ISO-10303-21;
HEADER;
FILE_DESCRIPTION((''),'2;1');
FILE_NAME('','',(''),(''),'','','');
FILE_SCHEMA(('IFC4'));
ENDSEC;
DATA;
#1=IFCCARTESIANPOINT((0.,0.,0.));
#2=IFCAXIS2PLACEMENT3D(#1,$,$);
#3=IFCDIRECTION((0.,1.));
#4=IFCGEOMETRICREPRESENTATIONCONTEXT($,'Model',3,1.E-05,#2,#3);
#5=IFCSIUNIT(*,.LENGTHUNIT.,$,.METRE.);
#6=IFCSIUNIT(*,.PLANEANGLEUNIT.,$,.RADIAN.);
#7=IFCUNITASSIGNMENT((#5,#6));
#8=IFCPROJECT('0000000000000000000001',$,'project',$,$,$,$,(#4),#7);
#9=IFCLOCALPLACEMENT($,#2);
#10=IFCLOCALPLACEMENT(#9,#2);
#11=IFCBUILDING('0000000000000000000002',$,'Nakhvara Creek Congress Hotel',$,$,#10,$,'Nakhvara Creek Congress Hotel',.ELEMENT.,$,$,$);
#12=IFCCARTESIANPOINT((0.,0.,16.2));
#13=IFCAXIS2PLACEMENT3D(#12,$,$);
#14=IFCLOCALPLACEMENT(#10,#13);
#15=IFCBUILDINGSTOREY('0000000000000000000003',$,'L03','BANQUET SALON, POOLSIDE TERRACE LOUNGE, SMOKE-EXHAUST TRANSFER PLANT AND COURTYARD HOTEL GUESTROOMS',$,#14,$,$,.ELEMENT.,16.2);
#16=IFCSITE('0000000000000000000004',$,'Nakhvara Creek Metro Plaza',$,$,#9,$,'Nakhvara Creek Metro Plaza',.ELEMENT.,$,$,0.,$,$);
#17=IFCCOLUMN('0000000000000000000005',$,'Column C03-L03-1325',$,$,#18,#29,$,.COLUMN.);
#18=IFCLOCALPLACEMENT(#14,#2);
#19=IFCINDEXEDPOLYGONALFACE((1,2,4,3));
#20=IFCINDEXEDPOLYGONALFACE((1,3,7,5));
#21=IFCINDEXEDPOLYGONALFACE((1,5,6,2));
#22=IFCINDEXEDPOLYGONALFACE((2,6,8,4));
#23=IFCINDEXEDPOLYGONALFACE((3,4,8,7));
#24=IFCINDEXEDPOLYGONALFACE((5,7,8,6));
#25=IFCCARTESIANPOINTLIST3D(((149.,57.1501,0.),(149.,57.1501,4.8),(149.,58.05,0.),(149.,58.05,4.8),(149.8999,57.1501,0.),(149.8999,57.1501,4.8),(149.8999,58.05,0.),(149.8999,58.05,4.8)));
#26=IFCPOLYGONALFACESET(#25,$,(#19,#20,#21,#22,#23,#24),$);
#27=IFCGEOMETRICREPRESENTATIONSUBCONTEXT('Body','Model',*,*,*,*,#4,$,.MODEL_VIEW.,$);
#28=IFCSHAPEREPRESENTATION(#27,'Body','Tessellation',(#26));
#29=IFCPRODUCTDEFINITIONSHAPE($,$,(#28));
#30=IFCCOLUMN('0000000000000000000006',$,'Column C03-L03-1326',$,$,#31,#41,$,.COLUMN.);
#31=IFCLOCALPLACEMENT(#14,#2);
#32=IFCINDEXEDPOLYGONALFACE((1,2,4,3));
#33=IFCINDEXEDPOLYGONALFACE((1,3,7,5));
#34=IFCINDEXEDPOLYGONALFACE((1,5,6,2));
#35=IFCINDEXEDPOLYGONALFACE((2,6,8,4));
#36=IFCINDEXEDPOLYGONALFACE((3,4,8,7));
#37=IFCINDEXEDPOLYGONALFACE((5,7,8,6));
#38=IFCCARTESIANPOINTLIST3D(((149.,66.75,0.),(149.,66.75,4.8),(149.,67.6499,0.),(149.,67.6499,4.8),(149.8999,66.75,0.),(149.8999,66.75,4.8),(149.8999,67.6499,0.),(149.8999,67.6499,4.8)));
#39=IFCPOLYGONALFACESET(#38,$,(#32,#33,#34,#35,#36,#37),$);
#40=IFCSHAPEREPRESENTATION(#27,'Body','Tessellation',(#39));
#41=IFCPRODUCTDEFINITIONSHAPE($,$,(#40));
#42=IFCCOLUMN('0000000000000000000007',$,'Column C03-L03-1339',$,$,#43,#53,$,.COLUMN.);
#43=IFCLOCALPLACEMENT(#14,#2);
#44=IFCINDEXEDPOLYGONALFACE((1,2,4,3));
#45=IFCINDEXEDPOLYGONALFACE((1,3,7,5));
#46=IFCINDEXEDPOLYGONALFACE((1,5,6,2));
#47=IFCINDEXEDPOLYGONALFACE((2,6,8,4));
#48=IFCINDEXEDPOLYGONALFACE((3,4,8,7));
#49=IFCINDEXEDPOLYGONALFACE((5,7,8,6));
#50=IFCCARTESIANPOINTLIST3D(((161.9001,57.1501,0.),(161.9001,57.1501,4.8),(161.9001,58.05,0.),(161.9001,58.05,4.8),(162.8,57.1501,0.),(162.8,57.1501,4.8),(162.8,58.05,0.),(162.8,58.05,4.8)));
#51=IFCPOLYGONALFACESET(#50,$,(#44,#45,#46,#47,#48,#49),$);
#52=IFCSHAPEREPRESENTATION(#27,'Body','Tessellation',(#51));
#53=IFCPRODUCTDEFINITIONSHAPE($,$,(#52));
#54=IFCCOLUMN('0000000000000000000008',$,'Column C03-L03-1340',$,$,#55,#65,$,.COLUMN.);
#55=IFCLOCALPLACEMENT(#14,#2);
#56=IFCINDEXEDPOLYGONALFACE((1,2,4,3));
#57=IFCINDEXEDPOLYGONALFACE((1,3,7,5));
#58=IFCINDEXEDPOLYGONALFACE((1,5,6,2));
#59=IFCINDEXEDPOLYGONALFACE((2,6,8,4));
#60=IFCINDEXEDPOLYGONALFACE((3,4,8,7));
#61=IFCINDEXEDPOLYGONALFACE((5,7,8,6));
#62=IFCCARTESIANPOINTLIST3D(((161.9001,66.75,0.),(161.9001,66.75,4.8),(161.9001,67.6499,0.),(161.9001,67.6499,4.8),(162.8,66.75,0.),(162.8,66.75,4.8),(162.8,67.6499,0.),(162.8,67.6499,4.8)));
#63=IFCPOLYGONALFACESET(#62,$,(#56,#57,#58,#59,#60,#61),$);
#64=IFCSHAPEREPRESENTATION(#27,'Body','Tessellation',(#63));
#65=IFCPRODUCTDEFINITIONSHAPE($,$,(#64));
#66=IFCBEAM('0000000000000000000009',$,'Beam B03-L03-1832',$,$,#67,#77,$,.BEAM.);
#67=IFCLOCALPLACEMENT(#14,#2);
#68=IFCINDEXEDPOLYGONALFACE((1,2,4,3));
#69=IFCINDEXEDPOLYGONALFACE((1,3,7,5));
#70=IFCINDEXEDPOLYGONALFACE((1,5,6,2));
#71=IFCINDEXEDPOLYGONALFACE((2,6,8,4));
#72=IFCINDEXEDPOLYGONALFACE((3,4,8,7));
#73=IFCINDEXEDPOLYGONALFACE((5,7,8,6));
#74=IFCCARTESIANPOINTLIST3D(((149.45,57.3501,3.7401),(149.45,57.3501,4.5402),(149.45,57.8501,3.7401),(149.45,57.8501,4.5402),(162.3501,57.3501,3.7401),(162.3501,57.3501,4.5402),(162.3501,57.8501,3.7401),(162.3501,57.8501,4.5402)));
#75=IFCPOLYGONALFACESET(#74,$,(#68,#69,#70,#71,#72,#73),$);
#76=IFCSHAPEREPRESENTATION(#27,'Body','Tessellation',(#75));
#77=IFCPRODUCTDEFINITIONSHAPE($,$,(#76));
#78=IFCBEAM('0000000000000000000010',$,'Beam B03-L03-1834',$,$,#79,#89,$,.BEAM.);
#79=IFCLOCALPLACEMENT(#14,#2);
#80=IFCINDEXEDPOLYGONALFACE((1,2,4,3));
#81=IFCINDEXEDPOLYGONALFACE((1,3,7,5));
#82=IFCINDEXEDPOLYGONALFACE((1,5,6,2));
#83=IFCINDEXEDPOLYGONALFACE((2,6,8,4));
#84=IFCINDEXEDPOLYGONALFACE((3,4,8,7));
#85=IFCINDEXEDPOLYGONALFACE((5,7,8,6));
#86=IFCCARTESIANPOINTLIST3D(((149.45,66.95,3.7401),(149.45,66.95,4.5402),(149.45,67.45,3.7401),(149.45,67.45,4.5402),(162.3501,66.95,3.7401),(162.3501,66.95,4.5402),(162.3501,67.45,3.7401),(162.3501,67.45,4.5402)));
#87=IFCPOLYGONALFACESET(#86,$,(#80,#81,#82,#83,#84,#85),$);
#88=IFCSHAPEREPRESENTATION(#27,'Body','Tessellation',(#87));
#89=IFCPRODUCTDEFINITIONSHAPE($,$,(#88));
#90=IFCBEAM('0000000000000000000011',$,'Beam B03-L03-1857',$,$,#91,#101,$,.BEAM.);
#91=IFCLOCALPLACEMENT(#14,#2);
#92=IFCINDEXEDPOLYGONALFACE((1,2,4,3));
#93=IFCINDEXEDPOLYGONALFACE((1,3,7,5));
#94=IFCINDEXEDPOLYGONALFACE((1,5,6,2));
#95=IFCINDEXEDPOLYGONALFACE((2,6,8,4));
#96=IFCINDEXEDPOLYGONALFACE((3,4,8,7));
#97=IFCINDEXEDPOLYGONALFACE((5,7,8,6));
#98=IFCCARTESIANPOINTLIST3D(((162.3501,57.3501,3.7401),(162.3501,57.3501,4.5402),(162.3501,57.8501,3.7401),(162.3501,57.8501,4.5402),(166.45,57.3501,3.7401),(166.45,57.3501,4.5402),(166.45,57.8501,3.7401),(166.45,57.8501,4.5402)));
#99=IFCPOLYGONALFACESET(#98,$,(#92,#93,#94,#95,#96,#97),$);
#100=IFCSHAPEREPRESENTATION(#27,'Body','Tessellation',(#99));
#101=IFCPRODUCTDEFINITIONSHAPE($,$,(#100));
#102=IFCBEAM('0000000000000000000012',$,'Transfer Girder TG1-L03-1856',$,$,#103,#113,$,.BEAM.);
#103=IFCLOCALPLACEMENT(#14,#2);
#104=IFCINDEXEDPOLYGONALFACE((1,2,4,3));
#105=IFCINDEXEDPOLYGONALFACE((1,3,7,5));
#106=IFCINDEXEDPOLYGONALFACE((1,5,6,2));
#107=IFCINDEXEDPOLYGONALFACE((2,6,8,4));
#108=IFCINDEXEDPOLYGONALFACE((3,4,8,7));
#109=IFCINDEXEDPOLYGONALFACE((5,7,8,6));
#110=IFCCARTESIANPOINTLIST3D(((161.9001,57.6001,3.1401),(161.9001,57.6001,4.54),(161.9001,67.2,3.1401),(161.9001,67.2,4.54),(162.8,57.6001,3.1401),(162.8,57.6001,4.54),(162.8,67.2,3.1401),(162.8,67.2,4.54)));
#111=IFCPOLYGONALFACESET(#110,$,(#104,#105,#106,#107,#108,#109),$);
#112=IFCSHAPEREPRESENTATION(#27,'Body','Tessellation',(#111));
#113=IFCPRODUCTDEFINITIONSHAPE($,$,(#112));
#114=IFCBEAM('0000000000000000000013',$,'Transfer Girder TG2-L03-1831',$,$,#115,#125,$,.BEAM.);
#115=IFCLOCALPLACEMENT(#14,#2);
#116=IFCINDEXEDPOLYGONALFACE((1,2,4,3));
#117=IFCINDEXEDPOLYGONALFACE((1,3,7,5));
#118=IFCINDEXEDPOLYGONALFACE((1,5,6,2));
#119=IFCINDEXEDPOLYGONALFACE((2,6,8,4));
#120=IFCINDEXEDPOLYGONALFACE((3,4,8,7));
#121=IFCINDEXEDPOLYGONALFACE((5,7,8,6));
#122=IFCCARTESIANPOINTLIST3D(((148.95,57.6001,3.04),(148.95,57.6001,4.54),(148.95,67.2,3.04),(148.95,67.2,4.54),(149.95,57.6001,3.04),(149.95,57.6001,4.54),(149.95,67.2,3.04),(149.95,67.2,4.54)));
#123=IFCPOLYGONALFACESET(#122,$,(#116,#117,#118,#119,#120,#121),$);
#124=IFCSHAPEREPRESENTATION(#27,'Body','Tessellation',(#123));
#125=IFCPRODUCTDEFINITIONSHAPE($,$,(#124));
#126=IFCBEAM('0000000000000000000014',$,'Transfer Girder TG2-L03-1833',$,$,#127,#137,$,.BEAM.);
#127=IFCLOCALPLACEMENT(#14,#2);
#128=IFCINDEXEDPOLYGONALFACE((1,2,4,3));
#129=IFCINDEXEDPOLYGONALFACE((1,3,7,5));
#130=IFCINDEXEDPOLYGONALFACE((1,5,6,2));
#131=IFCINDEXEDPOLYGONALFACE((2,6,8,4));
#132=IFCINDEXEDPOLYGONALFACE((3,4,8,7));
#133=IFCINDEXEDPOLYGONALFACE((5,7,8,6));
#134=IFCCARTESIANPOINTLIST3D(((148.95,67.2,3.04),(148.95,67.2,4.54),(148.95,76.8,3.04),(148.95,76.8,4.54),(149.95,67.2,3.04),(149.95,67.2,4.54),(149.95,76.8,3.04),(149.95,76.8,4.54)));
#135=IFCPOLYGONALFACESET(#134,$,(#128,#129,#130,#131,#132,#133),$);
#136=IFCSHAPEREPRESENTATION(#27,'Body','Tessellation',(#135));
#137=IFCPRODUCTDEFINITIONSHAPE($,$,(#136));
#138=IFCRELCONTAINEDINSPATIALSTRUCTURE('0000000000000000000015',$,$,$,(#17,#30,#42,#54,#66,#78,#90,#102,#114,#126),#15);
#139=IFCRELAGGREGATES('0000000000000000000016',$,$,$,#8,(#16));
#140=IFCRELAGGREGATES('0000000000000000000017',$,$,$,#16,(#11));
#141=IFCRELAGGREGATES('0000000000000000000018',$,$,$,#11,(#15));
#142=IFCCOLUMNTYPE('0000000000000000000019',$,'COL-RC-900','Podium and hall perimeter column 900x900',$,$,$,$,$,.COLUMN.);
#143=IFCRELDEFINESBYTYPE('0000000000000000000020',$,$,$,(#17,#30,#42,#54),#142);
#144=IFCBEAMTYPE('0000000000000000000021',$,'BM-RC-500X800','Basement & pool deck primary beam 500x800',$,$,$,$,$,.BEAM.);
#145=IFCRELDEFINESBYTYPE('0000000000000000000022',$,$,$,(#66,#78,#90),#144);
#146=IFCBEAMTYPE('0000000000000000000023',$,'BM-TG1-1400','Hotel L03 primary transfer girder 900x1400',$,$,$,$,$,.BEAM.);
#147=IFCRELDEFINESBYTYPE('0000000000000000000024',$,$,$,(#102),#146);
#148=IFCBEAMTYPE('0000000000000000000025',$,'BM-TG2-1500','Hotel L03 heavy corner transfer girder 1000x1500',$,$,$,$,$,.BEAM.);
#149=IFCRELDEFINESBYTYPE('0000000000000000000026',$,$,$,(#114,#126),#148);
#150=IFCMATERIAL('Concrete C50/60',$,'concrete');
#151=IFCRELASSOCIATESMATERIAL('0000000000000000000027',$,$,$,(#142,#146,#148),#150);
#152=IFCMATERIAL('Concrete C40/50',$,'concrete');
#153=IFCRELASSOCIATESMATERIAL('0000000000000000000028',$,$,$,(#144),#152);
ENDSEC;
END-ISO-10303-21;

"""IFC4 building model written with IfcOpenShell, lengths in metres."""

from ifc_helpers import new_model, si_unit, direction, frame, origin, origin_2d, place, context, subcontext, project, spatial, rectangle, extrude, material, material_profile, profile_set, type_object, element, save


model = new_model("IFC4")

# Units and contexts
model_context = context("Model", 3, precision=1e-05, world=origin(), true_north=direction((0.0, 1.0)))
body_context = subcontext(model_context, "Body", "Model", "MODEL_VIEW")
ifc_project = project(units=[si_unit("LENGTHUNIT", "METRE"), si_unit("PLANEANGLEUNIT", "RADIAN")], contexts=[model_context])

# Site, building, storey
site_placement = place(None, origin())
site = spatial("IfcSite", under=ifc_project, at=site_placement, Name="Nakhvara Creek Metro Plaza", LongName="Nakhvara Creek Metro Plaza", CompositionType="ELEMENT", RefElevation=0.0)
building_placement = place(site_placement, origin())
building = spatial("IfcBuilding", under=site, at=building_placement, Name="Nakhvara Creek Congress Hotel", LongName="Nakhvara Creek Congress Hotel", CompositionType="ELEMENT")
storey_placement = place(building_placement, frame((0.0, 0.0, 16.2)))
storey = spatial("IfcBuildingStorey", under=building, at=storey_placement, Name="L03", Description="BANQUET SALON, POOLSIDE TERRACE LOUNGE, SMOKE-EXHAUST TRANSFER PLANT AND COURTYARD HOTEL GUESTROOMS", CompositionType="ELEMENT", Elevation=16.2)

# Columns
ifc_material_1 = material(Name="Concrete C50/60", Category="concrete")
ifc_material_profile_1 = material_profile(ifc_material_1, rectangle(XDim=0.8999, YDim=0.8999, at=origin_2d()), Name="RC-COL 900x900", Category="LoadBearing")
ifc_profile_set_1 = profile_set([ifc_material_profile_1], Name="Concrete C50/60")
column_type = type_object("IfcColumnType", Name="COL-RC-900", Description="Podium and hall perimeter column 900x900", PredefinedType="COLUMN", material=ifc_profile_set_1)
for number, where, z_axis, x_axis, name in (
    (1, (149.45, 57.6001, 0.0), (0.0, 0.0, 1.0), (1.0, 0.0, 0.0), "Column C03-L03-1325"),
    (2, (149.45, 67.2, 0.0), (0.0, 0.0, 1.0), (1.0, 0.0, 0.0), "Column C03-L03-1326"),
    (3, (162.3501, 57.6001, 0.0), (0.0, 0.0, 1.0), (1.0, 0.0, 0.0), "Column C03-L03-1339"),
    (4, (162.3501, 67.2, 0.0), (0.0, 0.0, 1.0), (1.0, 0.0, 0.0), "Column C03-L03-1340"),
):
    element("IfcColumn", number, at=place(storey_placement, frame(where, z_axis=z_axis, x_axis=x_axis)), inside=storey, type_object=column_type, Name=name, PredefinedType="COLUMN", context=body_context, shape_type="SweptSolid", body=[
        extrude(rectangle(XDim=0.8999, YDim=0.8999, at=origin_2d()), origin(), (0.0, 0.0, 1.0), 4.8),
    ])

# Beams
ifc_material_2 = material(Name="Concrete C40/50", Category="concrete")
ifc_material_profile_2 = material_profile(ifc_material_2, rectangle(XDim=0.5, YDim=0.8, at=origin_2d()), Name="RC-BM 500x800", Category="LoadBearing")
ifc_profile_set_2 = profile_set([ifc_material_profile_2], Name="Concrete C40/50")
beam_type_1 = type_object("IfcBeamType", Name="BM-RC-500X800", Description="Basement & pool deck primary beam 500x800", PredefinedType="BEAM", material=ifc_profile_set_2)
for number, where, z_axis, x_axis, name in (
    (5, (149.45, 57.6001, 4.1401), (1.0, 0.0, 0.0), (0.0, 1.0, 0.0), "Beam B03-L03-1832"),
    (6, (149.45, 67.2, 4.1401), (1.0, 0.0, 0.0), (0.0, 1.0, 0.0), "Beam B03-L03-1834"),
):
    element("IfcBeam", number, at=place(storey_placement, frame(where, z_axis=z_axis, x_axis=x_axis)), inside=storey, type_object=beam_type_1, Name=name, PredefinedType="BEAM", context=body_context, shape_type="SweptSolid", body=[
        extrude(rectangle(XDim=0.5, YDim=0.8, at=origin_2d()), origin(), (0.0, 0.0, 1.0), 12.9001),
    ])
beam_1_placement = place(storey_placement, frame((162.3501, 57.6001, 4.1401), z_axis=(1.0, 0.0, 0.0), x_axis=(0.0, 1.0, 0.0)))
element("IfcBeam", 7, at=beam_1_placement, inside=storey, type_object=beam_type_1, Name="Beam B03-L03-1857", PredefinedType="BEAM", context=body_context, shape_type="SweptSolid", body=[
    extrude(rectangle(XDim=0.5, YDim=0.8, at=origin_2d()), origin(), (0.0, 0.0, 1.0), 4.0999),
])
ifc_material_profile_3 = material_profile(ifc_material_1, rectangle(XDim=0.8999, YDim=1.3999, at=origin_2d()), Name="RC-TG 900x1400", Category="LoadBearing")
ifc_profile_set_3 = profile_set([ifc_material_profile_3], Name="Concrete C50/60")
beam_type_2 = type_object("IfcBeamType", Name="BM-TG1-1400", Description="Hotel L03 primary transfer girder 900x1400", PredefinedType="BEAM", material=ifc_profile_set_3)
beam_2_placement = place(storey_placement, frame((162.3501, 57.6001, 3.8401), z_axis=(0.0, 1.0, 0.0), x_axis=(-1.0, 0.0, 0.0)))
element("IfcBeam", 8, at=beam_2_placement, inside=storey, type_object=beam_type_2, Name="Transfer Girder TG1-L03-1856", PredefinedType="BEAM", context=body_context, shape_type="SweptSolid", body=[
    extrude(rectangle(XDim=0.8999, YDim=1.3999, at=origin_2d()), origin(), (0.0, 0.0, 1.0), 9.5999),
])
ifc_material_profile_4 = material_profile(ifc_material_1, rectangle(XDim=1.0, YDim=1.5, at=origin_2d()), Name="RC-TG 1000x1500", Category="LoadBearing")
ifc_profile_set_4 = profile_set([ifc_material_profile_4], Name="Concrete C50/60")
beam_type_3 = type_object("IfcBeamType", Name="BM-TG2-1500", Description="Hotel L03 heavy corner transfer girder 1000x1500", PredefinedType="BEAM", material=ifc_profile_set_4)
beam_3_placement = place(storey_placement, frame((149.45, 57.6001, 3.79), z_axis=(0.0, 1.0, 0.0), x_axis=(-1.0, 0.0, 0.0)))
element("IfcBeam", 9, at=beam_3_placement, inside=storey, type_object=beam_type_3, Name="Transfer Girder TG2-L03-1831", PredefinedType="BEAM", context=body_context, shape_type="SweptSolid", body=[
    extrude(rectangle(XDim=1.0, YDim=1.5, at=origin_2d()), origin(), (0.0, 0.0, 1.0), 9.5999),
])
beam_4_placement = place(storey_placement, frame((149.45, 67.2, 3.79), z_axis=(0.0, 1.0, 0.0), x_axis=(-1.0, 0.0, 0.0)))
element("IfcBeam", 10, at=beam_4_placement, inside=storey, type_object=beam_type_3, Name="Transfer Girder TG2-L03-1833", PredefinedType="BEAM", context=body_context, shape_type="SweptSolid", body=[
    extrude(rectangle(XDim=1.0, YDim=1.5, at=origin_2d()), origin(), (0.0, 0.0, 1.0), 9.6001),
])

save(model, "model.ifc")
